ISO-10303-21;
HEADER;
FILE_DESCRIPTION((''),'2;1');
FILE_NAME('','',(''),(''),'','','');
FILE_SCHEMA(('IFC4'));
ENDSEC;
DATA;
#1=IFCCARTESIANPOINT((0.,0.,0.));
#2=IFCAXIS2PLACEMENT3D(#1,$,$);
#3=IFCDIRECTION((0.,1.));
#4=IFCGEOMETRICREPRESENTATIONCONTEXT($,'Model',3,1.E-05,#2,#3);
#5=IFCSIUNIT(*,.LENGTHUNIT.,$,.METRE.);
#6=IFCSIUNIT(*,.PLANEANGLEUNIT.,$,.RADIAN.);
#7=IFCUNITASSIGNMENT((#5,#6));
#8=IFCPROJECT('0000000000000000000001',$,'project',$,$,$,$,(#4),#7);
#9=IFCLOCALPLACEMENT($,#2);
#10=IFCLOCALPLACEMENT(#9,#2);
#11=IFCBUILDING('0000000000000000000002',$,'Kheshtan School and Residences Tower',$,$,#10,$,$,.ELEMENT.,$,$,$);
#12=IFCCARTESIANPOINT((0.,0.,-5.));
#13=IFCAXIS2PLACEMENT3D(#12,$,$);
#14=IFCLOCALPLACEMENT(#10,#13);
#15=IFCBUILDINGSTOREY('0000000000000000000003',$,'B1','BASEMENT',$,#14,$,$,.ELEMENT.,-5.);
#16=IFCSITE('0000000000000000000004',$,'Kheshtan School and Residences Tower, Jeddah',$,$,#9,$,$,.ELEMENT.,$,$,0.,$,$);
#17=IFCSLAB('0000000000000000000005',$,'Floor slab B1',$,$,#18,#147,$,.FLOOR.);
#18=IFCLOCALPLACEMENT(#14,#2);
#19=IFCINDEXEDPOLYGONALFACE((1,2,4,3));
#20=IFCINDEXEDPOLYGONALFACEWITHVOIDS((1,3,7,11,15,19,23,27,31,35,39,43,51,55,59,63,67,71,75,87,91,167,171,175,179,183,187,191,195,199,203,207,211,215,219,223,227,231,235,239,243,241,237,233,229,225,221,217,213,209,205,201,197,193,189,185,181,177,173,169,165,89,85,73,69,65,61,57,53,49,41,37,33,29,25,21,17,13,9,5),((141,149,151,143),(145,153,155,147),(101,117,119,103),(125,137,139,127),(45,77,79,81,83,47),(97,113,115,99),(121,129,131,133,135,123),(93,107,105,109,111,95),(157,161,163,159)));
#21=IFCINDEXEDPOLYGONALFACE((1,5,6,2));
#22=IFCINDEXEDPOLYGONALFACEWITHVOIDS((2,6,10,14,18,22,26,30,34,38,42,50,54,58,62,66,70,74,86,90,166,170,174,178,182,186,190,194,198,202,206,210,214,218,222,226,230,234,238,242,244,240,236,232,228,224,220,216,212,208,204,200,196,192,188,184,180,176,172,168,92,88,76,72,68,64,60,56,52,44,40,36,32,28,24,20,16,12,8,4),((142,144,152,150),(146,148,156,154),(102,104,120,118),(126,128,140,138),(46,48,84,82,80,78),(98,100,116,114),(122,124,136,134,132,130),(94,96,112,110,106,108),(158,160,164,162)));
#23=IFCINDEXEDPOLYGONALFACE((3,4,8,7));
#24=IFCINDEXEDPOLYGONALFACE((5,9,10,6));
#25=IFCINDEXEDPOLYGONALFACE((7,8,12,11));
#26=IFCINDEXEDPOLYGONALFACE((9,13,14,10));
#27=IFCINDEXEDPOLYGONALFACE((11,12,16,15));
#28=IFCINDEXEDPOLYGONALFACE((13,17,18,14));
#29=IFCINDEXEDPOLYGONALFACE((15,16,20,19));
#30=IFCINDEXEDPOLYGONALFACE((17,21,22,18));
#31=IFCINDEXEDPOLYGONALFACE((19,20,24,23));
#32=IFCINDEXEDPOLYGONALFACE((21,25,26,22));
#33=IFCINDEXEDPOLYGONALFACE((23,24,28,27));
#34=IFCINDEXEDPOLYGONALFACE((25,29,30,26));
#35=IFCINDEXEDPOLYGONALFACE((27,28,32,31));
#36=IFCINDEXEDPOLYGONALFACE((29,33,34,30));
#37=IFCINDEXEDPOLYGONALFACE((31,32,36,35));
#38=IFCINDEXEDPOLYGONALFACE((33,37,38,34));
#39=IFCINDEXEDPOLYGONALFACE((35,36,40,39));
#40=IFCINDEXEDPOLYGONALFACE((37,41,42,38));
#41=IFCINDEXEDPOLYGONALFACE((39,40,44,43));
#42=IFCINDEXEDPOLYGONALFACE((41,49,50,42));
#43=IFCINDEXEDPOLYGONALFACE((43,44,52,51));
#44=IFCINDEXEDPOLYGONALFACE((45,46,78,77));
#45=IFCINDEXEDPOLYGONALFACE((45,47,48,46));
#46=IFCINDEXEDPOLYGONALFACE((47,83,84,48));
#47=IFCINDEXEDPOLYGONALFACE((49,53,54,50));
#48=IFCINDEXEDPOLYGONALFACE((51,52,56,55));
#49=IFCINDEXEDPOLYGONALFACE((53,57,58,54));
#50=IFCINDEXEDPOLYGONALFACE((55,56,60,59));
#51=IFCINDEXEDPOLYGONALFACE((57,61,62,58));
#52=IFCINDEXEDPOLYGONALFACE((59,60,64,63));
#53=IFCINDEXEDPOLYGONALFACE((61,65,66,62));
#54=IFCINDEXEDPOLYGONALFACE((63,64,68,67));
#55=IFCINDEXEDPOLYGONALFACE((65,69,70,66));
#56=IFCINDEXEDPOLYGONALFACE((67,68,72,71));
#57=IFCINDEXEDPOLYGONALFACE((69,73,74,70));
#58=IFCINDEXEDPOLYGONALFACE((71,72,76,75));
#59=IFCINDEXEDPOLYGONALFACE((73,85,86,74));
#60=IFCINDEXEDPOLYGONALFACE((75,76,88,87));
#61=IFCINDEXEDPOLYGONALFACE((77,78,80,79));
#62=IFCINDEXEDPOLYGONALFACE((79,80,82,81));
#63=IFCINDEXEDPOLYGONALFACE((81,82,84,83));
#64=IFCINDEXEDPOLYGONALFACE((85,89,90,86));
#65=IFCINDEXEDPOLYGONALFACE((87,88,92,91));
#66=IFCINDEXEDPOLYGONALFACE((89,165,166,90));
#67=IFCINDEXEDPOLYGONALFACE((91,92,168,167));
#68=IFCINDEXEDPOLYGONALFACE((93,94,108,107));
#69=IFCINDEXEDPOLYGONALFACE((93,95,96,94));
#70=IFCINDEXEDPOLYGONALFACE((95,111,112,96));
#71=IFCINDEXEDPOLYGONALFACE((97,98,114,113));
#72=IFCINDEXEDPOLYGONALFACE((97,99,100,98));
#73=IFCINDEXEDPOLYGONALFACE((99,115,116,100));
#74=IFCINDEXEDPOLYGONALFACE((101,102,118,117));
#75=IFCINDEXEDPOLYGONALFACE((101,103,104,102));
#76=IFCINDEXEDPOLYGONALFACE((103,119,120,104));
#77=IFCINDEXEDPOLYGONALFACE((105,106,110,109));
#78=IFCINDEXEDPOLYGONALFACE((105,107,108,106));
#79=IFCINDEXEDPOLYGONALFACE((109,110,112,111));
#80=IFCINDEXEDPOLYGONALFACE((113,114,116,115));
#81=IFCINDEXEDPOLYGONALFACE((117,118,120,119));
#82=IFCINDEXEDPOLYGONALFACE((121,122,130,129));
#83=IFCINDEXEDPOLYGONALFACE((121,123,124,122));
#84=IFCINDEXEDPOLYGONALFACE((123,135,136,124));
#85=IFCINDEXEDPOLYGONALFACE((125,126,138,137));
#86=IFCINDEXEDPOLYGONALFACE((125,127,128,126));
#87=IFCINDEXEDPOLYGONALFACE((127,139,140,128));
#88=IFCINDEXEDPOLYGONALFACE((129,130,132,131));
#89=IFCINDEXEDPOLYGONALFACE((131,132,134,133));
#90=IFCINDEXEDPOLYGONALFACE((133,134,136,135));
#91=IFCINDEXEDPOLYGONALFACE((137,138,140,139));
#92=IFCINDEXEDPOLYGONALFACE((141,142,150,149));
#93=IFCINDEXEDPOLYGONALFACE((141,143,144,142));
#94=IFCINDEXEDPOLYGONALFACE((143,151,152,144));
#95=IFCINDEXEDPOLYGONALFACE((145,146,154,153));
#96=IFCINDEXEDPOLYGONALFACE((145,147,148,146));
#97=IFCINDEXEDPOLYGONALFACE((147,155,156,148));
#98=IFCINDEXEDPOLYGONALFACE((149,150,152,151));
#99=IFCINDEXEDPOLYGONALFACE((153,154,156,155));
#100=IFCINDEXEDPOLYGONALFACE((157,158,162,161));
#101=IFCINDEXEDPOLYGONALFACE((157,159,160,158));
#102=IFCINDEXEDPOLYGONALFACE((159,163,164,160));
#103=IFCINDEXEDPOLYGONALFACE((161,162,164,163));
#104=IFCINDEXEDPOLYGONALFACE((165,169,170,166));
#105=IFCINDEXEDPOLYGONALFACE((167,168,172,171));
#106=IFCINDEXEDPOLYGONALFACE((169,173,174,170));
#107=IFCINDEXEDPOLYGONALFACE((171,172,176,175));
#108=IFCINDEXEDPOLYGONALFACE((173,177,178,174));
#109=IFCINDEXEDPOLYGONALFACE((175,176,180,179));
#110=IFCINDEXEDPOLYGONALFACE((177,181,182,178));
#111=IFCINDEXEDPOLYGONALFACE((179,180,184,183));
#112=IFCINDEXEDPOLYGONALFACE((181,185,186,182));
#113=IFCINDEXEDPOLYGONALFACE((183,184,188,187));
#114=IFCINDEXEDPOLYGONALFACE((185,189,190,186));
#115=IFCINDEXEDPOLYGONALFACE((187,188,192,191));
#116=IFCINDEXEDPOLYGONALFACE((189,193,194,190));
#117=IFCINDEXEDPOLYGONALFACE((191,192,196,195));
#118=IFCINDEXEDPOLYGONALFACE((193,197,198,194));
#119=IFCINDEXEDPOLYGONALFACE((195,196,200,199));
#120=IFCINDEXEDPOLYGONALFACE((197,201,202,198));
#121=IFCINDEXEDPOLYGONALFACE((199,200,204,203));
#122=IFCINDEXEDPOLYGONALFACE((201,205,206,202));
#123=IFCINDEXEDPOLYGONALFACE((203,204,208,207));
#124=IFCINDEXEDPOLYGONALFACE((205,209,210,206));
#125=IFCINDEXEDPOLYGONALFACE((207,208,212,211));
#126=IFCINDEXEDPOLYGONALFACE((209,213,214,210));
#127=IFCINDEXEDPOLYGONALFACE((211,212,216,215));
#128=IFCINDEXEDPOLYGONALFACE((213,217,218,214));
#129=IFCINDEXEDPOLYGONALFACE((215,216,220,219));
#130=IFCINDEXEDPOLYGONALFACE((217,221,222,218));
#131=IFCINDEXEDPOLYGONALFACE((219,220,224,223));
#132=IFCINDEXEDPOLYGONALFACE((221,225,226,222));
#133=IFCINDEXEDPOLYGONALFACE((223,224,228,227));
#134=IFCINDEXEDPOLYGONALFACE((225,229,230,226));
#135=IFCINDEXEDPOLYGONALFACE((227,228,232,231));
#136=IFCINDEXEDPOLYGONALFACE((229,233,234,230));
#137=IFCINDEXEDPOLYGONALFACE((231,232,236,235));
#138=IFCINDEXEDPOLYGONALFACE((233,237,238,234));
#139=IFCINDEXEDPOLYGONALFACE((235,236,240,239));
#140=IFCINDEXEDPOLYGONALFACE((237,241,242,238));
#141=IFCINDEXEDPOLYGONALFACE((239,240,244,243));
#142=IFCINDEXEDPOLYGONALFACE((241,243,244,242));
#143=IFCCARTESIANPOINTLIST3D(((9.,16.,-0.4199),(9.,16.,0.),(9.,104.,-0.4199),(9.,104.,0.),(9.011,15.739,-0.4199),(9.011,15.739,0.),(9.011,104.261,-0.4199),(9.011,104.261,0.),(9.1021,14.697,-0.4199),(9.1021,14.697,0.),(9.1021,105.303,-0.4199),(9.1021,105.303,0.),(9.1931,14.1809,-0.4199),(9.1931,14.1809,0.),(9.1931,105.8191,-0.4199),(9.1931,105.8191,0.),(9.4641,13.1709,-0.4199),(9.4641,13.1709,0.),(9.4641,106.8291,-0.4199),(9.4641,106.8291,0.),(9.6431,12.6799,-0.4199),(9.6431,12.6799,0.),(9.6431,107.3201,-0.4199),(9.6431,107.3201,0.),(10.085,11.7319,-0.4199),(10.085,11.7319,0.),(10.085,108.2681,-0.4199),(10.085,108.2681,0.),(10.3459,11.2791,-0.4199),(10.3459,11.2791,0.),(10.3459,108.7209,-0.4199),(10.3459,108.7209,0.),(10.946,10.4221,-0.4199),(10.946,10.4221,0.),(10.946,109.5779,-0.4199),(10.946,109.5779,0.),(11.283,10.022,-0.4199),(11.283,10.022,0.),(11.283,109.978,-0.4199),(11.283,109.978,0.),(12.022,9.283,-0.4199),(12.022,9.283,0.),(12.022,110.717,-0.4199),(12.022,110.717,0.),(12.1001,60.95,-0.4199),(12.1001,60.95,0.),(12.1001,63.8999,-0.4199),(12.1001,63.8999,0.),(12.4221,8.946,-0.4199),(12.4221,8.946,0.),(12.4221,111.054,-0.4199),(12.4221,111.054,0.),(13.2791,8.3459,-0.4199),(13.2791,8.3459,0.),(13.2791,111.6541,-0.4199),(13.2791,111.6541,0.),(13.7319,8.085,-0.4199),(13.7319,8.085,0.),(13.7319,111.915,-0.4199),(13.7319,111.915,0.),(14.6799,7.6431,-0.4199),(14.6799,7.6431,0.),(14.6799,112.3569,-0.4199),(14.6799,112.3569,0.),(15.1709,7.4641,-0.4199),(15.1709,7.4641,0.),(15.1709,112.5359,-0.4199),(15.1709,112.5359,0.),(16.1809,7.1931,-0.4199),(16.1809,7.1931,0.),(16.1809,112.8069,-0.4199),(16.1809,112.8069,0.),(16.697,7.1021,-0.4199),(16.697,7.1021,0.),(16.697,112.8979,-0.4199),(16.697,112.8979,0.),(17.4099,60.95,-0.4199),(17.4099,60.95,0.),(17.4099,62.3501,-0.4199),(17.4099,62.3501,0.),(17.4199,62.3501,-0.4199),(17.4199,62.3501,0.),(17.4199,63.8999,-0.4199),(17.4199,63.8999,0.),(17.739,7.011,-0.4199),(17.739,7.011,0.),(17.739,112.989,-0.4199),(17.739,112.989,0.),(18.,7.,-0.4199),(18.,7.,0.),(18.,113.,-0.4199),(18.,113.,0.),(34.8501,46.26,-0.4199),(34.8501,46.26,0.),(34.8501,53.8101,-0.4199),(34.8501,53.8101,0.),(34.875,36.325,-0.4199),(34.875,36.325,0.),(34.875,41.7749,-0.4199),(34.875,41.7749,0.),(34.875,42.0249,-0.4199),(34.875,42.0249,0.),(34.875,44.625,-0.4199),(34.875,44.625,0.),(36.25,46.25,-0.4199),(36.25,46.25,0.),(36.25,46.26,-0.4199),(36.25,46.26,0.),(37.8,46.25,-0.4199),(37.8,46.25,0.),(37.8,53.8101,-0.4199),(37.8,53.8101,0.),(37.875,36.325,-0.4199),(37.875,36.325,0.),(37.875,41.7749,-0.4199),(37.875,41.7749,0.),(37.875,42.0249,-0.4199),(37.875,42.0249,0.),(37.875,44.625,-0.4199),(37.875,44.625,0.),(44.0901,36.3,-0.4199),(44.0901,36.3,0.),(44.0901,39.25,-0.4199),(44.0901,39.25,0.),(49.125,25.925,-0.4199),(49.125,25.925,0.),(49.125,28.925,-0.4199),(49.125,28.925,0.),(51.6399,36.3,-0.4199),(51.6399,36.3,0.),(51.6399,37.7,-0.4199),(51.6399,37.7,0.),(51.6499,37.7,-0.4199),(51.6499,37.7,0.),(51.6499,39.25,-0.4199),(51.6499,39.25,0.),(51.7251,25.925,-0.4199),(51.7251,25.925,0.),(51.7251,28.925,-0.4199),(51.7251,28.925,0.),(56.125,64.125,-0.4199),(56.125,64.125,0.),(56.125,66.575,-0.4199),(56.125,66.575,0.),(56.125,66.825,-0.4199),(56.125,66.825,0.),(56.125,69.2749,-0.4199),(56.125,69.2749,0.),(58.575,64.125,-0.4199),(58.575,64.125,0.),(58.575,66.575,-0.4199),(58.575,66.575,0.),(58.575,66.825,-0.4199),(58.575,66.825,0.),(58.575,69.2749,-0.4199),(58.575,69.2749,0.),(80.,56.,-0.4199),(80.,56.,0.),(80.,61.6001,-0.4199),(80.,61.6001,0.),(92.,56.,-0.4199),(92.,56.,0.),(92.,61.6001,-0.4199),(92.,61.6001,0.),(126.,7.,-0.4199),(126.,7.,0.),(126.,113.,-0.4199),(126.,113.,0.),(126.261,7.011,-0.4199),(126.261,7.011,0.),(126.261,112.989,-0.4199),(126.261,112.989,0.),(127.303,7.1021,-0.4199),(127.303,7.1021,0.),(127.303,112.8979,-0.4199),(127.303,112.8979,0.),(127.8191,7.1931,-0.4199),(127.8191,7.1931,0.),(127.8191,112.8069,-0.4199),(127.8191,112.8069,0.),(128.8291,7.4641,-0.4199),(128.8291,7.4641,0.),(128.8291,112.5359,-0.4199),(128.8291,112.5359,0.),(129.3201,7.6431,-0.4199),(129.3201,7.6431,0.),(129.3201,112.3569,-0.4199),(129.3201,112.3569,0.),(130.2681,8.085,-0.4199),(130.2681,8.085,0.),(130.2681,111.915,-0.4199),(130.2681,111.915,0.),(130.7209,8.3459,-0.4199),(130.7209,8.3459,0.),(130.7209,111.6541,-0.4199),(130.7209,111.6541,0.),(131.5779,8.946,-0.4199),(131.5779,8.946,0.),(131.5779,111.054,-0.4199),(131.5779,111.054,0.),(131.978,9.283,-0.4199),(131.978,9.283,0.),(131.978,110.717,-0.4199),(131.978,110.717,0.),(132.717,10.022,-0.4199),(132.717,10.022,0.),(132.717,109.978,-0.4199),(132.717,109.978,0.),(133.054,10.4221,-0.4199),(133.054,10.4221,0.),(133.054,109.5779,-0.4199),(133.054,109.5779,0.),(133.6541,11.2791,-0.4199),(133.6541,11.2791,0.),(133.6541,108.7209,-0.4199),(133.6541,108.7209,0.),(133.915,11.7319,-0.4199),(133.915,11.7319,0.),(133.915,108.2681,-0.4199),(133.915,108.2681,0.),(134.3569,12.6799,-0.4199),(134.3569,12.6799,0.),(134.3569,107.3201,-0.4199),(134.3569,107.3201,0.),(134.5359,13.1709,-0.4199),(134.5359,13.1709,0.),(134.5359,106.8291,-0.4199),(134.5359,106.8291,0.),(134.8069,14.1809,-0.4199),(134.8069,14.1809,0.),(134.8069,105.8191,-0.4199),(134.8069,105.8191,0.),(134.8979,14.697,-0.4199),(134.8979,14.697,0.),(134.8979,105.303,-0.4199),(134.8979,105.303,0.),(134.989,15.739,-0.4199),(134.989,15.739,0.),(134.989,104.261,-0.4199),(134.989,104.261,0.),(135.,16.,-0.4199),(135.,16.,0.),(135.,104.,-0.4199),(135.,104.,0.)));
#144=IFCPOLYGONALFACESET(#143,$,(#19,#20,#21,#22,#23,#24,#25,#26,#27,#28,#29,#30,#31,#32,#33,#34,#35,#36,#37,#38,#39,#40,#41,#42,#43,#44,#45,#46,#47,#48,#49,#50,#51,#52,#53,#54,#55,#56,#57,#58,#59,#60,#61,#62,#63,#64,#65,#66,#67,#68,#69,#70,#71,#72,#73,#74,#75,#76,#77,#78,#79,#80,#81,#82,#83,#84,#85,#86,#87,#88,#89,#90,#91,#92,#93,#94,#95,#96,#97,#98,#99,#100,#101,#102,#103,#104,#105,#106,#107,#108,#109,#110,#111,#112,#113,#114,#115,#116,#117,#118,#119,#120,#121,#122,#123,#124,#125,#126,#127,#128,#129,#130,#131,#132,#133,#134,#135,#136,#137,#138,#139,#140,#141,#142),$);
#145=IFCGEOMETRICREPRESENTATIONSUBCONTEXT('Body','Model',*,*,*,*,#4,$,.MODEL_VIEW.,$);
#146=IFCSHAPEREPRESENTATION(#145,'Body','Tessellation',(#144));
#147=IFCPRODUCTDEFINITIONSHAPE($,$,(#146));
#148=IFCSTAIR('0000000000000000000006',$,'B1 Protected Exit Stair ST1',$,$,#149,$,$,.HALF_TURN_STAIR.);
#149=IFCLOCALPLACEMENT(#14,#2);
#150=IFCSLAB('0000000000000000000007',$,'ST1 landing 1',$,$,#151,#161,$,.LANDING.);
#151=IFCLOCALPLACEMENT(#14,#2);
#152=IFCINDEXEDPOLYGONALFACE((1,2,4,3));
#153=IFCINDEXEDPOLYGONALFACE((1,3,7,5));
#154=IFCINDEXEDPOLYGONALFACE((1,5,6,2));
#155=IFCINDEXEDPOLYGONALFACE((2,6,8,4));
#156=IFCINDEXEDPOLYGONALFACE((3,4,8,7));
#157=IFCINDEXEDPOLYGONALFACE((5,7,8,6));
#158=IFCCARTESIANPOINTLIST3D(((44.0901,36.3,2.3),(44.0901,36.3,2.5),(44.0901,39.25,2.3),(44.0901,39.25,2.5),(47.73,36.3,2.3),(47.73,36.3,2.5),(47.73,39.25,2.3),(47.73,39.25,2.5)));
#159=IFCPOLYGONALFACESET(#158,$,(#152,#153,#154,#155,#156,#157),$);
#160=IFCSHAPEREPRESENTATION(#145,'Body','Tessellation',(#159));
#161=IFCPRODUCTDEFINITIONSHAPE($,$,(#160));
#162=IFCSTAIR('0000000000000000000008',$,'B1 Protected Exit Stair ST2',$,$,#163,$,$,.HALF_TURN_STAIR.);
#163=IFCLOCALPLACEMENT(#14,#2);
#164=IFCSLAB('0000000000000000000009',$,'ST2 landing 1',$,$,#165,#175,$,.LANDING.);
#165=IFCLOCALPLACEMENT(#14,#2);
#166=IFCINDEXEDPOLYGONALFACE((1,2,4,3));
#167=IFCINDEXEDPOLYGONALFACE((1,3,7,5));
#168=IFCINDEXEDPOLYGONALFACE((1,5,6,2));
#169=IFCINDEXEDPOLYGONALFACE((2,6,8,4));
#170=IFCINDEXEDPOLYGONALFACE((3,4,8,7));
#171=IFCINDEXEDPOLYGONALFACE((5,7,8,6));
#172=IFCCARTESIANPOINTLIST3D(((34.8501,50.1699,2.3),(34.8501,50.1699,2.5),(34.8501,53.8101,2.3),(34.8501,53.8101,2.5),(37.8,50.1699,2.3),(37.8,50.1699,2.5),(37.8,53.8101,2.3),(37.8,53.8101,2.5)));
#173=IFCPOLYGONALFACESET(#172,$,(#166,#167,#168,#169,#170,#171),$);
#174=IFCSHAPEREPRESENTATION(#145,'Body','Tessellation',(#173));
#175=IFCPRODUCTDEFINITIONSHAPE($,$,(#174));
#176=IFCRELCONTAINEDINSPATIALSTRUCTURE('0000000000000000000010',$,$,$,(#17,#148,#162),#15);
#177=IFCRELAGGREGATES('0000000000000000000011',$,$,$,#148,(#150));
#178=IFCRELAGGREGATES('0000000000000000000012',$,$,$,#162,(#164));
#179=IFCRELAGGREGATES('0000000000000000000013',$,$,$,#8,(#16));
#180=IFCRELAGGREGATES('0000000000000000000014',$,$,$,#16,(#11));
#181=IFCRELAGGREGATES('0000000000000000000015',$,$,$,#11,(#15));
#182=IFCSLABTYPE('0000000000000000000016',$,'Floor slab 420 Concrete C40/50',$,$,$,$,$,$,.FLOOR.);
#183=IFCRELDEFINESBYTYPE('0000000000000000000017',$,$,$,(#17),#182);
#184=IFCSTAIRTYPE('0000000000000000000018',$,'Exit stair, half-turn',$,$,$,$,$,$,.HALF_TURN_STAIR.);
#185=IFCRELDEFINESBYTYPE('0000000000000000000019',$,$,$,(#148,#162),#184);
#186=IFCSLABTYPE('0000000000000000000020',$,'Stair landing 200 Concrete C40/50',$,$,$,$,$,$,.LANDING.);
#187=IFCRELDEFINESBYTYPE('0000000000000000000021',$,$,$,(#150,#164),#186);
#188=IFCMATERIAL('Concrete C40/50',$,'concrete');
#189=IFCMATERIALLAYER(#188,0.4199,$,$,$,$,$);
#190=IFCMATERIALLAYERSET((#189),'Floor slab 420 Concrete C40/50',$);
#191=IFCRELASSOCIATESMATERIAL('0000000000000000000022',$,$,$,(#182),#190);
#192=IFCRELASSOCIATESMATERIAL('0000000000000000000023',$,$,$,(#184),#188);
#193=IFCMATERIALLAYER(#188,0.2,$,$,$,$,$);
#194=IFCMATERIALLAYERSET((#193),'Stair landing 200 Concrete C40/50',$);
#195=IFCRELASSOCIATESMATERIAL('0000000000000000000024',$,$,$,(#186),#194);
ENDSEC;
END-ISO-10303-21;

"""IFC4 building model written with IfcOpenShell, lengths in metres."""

from ifc_helpers import new_model, si_unit, direction, frame, origin, place, context, subcontext, project, spatial, polyline, outline, extrude, material, layer, layer_set, type_object, element, aggregate, save


model = new_model("IFC4")

# Units and contexts
model_context = context("Model", 3, precision=1e-05, world=origin(), true_north=direction((0.0, 1.0)))
body_context = subcontext(model_context, "Body", "Model", "MODEL_VIEW")
ifc_project = project(units=[si_unit("LENGTHUNIT", "METRE"), si_unit("PLANEANGLEUNIT", "RADIAN")], contexts=[model_context])

# Site, building, storey
site_placement = place(None, origin())
site = spatial("IfcSite", under=ifc_project, at=site_placement, Name="Kheshtan School and Residences Tower, Jeddah", CompositionType="ELEMENT", RefElevation=0.0)
building_placement = place(site_placement, origin())
building = spatial("IfcBuilding", under=site, at=building_placement, Name="Kheshtan School and Residences Tower", CompositionType="ELEMENT")
storey_placement = place(building_placement, frame((0.0, 0.0, -5.0)))
storey = spatial("IfcBuildingStorey", under=building, at=storey_placement, Name="B1", Description="BASEMENT", CompositionType="ELEMENT", Elevation=-5.0)

# Slab
ifc_material_1 = material(Name="Concrete C40/50", Category="concrete")
ifc_layer_1 = layer(ifc_material_1, 0.4199)
ifc_layer_set_1 = layer_set([ifc_layer_1], Name="Floor slab 420 Concrete C40/50")
slab_type_1 = type_object("IfcSlabType", Name="Floor slab 420 Concrete C40/50", PredefinedType="FLOOR", material=ifc_layer_set_1)
slab_1_placement = place(storey_placement, frame((0.0, 0.0, -0.4199)))
element("IfcSlab", 1, at=slab_1_placement, inside=storey, type_object=slab_type_1, Name="Floor slab B1", PredefinedType="FLOOR", context=body_context, shape_type="SweptSolid", body=[
    extrude(outline(polyline([(9.4641, 106.8291), (9.6431, 107.3201), (10.085, 108.2681), (10.3459, 108.7209), (10.946, 109.5779), (11.283, 109.978), (12.022, 110.717), (12.4221, 111.054), (13.2791, 111.6541), (13.7319, 111.915), (14.6799, 112.3569), (15.1709, 112.5359), (16.1809, 112.8069), (16.697, 112.8979), (17.739, 112.989), (18.0, 113.0), (126.0, 113.0), (126.261, 112.989), (127.303, 112.8979), (127.8191, 112.8069), (128.8291, 112.5359), (129.3201, 112.3569), (130.2681, 111.915), (130.7209, 111.6541), (131.5779, 111.054), (131.978, 110.717), (132.717, 109.978), (133.054, 109.5779), (133.6541, 108.7209), (133.915, 108.2681), (134.3569, 107.3201), (134.5359, 106.8291), (134.8069, 105.8191), (134.8979, 105.303), (134.989, 104.261), (135.0, 104.0), (135.0, 16.0), (134.989, 15.739), (134.8979, 14.697), (134.8069, 14.1809), (134.5359, 13.1709), (134.3569, 12.6799), (133.915, 11.7319), (133.6541, 11.2791), (133.054, 10.4221), (132.717, 10.022), (131.978, 9.283), (131.5779, 8.946), (130.7209, 8.3459), (130.2681, 8.085), (129.3201, 7.6431), (128.8291, 7.4641), (127.8191, 7.1931), (127.303, 7.1021), (126.261, 7.011), (126.0, 7.0), (18.0, 7.0), (17.739, 7.011), (16.697, 7.1021), (16.1809, 7.1931), (15.1709, 7.4641), (14.6799, 7.6431), (13.7319, 8.085), (13.2791, 8.3459), (12.4221, 8.946), (12.022, 9.283), (11.283, 10.022), (10.946, 10.4221), (10.3459, 11.2791), (10.085, 11.7319), (9.6431, 12.6799), (9.4641, 13.1709), (9.1931, 14.1809), (9.1021, 14.697), (9.011, 15.739), (9.0, 16.0), (9.0, 104.0), (9.011, 104.261), (9.1021, 105.303), (9.1931, 105.8191), (9.4641, 106.8291)]), holes=[polyline([(51.7251, 28.925), (49.125, 28.925), (49.125, 25.925), (51.7251, 25.925), (51.7251, 28.925)]), polyline([(51.6499, 37.7), (51.6499, 39.25), (44.0901, 39.25), (44.0901, 36.3), (51.6399, 36.3), (51.6399, 37.7), (51.6499, 37.7)]), polyline([(37.875, 41.7749), (34.875, 41.7749), (34.875, 36.325), (37.875, 36.325), (37.875, 41.7749)]), polyline([(37.875, 44.625), (34.875, 44.625), (34.875, 42.0249), (37.875, 42.0249), (37.875, 44.625)]), polyline([(37.8, 53.8101), (34.8501, 53.8101), (34.8501, 46.26), (36.25, 46.26), (36.25, 46.25), (37.8, 46.25), (37.8, 53.8101)]), polyline([(92.0, 61.6001), (80.0, 61.6001), (80.0, 56.0), (92.0, 56.0), (92.0, 61.6001)]), polyline([(12.1001, 63.8999), (12.1001, 60.95), (17.4099, 60.95), (17.4099, 62.3501), (17.4199, 62.3501), (17.4199, 63.8999), (12.1001, 63.8999)]), polyline([(58.575, 64.125), (58.575, 66.575), (56.125, 66.575), (56.125, 64.125), (58.575, 64.125)]), polyline([(58.575, 66.825), (58.575, 69.2749), (56.125, 69.2749), (56.125, 66.825), (58.575, 66.825)])]), origin(), (0.0, 0.0, 1.0), 0.4199),
])

# Stairs, slabs
stair_type = type_object("IfcStairType", Name="Exit stair, half-turn", PredefinedType="HALF_TURN_STAIR", material=ifc_material_1)
stair_1_placement = place(storey_placement, origin())
stair_1 = element("IfcStair", 2, at=stair_1_placement, inside=storey, type_object=stair_type, Name="B1 Protected Exit Stair ST1", PredefinedType="HALF_TURN_STAIR")
ifc_layer_2 = layer(ifc_material_1, 0.2)
ifc_layer_set_2 = layer_set([ifc_layer_2], Name="Stair landing 200 Concrete C40/50")
slab_type_2 = type_object("IfcSlabType", Name="Stair landing 200 Concrete C40/50", PredefinedType="LANDING", material=ifc_layer_set_2)
slab_2_placement = place(storey_placement, frame((0.0, 0.0, 2.3)))
slab_2 = element("IfcSlab", 3, at=slab_2_placement, type_object=slab_type_2, Name="ST1 landing 1", PredefinedType="LANDING", context=body_context, shape_type="SweptSolid", body=[
    extrude(outline(polyline([(47.73, 39.25), (44.0901, 39.25), (44.0901, 36.3), (47.73, 36.3), (47.73, 39.25)])), origin(), (0.0, 0.0, 1.0), 0.2),
])
aggregate(stair_1, [slab_2])
stair_2_placement = place(storey_placement, origin())
stair_2 = element("IfcStair", 4, at=stair_2_placement, inside=storey, type_object=stair_type, Name="B1 Protected Exit Stair ST2", PredefinedType="HALF_TURN_STAIR")
slab_3_placement = place(storey_placement, frame((0.0, 0.0, 2.3)))
slab_3 = element("IfcSlab", 5, at=slab_3_placement, type_object=slab_type_2, Name="ST2 landing 1", PredefinedType="LANDING", context=body_context, shape_type="SweptSolid", body=[
    extrude(outline(polyline([(37.8, 50.1699), (37.8, 53.8101), (34.8501, 53.8101), (34.8501, 50.1699), (37.8, 50.1699)])), origin(), (0.0, 0.0, 1.0), 0.2),
])
aggregate(stair_2, [slab_3])

save(model, "model.ifc")
